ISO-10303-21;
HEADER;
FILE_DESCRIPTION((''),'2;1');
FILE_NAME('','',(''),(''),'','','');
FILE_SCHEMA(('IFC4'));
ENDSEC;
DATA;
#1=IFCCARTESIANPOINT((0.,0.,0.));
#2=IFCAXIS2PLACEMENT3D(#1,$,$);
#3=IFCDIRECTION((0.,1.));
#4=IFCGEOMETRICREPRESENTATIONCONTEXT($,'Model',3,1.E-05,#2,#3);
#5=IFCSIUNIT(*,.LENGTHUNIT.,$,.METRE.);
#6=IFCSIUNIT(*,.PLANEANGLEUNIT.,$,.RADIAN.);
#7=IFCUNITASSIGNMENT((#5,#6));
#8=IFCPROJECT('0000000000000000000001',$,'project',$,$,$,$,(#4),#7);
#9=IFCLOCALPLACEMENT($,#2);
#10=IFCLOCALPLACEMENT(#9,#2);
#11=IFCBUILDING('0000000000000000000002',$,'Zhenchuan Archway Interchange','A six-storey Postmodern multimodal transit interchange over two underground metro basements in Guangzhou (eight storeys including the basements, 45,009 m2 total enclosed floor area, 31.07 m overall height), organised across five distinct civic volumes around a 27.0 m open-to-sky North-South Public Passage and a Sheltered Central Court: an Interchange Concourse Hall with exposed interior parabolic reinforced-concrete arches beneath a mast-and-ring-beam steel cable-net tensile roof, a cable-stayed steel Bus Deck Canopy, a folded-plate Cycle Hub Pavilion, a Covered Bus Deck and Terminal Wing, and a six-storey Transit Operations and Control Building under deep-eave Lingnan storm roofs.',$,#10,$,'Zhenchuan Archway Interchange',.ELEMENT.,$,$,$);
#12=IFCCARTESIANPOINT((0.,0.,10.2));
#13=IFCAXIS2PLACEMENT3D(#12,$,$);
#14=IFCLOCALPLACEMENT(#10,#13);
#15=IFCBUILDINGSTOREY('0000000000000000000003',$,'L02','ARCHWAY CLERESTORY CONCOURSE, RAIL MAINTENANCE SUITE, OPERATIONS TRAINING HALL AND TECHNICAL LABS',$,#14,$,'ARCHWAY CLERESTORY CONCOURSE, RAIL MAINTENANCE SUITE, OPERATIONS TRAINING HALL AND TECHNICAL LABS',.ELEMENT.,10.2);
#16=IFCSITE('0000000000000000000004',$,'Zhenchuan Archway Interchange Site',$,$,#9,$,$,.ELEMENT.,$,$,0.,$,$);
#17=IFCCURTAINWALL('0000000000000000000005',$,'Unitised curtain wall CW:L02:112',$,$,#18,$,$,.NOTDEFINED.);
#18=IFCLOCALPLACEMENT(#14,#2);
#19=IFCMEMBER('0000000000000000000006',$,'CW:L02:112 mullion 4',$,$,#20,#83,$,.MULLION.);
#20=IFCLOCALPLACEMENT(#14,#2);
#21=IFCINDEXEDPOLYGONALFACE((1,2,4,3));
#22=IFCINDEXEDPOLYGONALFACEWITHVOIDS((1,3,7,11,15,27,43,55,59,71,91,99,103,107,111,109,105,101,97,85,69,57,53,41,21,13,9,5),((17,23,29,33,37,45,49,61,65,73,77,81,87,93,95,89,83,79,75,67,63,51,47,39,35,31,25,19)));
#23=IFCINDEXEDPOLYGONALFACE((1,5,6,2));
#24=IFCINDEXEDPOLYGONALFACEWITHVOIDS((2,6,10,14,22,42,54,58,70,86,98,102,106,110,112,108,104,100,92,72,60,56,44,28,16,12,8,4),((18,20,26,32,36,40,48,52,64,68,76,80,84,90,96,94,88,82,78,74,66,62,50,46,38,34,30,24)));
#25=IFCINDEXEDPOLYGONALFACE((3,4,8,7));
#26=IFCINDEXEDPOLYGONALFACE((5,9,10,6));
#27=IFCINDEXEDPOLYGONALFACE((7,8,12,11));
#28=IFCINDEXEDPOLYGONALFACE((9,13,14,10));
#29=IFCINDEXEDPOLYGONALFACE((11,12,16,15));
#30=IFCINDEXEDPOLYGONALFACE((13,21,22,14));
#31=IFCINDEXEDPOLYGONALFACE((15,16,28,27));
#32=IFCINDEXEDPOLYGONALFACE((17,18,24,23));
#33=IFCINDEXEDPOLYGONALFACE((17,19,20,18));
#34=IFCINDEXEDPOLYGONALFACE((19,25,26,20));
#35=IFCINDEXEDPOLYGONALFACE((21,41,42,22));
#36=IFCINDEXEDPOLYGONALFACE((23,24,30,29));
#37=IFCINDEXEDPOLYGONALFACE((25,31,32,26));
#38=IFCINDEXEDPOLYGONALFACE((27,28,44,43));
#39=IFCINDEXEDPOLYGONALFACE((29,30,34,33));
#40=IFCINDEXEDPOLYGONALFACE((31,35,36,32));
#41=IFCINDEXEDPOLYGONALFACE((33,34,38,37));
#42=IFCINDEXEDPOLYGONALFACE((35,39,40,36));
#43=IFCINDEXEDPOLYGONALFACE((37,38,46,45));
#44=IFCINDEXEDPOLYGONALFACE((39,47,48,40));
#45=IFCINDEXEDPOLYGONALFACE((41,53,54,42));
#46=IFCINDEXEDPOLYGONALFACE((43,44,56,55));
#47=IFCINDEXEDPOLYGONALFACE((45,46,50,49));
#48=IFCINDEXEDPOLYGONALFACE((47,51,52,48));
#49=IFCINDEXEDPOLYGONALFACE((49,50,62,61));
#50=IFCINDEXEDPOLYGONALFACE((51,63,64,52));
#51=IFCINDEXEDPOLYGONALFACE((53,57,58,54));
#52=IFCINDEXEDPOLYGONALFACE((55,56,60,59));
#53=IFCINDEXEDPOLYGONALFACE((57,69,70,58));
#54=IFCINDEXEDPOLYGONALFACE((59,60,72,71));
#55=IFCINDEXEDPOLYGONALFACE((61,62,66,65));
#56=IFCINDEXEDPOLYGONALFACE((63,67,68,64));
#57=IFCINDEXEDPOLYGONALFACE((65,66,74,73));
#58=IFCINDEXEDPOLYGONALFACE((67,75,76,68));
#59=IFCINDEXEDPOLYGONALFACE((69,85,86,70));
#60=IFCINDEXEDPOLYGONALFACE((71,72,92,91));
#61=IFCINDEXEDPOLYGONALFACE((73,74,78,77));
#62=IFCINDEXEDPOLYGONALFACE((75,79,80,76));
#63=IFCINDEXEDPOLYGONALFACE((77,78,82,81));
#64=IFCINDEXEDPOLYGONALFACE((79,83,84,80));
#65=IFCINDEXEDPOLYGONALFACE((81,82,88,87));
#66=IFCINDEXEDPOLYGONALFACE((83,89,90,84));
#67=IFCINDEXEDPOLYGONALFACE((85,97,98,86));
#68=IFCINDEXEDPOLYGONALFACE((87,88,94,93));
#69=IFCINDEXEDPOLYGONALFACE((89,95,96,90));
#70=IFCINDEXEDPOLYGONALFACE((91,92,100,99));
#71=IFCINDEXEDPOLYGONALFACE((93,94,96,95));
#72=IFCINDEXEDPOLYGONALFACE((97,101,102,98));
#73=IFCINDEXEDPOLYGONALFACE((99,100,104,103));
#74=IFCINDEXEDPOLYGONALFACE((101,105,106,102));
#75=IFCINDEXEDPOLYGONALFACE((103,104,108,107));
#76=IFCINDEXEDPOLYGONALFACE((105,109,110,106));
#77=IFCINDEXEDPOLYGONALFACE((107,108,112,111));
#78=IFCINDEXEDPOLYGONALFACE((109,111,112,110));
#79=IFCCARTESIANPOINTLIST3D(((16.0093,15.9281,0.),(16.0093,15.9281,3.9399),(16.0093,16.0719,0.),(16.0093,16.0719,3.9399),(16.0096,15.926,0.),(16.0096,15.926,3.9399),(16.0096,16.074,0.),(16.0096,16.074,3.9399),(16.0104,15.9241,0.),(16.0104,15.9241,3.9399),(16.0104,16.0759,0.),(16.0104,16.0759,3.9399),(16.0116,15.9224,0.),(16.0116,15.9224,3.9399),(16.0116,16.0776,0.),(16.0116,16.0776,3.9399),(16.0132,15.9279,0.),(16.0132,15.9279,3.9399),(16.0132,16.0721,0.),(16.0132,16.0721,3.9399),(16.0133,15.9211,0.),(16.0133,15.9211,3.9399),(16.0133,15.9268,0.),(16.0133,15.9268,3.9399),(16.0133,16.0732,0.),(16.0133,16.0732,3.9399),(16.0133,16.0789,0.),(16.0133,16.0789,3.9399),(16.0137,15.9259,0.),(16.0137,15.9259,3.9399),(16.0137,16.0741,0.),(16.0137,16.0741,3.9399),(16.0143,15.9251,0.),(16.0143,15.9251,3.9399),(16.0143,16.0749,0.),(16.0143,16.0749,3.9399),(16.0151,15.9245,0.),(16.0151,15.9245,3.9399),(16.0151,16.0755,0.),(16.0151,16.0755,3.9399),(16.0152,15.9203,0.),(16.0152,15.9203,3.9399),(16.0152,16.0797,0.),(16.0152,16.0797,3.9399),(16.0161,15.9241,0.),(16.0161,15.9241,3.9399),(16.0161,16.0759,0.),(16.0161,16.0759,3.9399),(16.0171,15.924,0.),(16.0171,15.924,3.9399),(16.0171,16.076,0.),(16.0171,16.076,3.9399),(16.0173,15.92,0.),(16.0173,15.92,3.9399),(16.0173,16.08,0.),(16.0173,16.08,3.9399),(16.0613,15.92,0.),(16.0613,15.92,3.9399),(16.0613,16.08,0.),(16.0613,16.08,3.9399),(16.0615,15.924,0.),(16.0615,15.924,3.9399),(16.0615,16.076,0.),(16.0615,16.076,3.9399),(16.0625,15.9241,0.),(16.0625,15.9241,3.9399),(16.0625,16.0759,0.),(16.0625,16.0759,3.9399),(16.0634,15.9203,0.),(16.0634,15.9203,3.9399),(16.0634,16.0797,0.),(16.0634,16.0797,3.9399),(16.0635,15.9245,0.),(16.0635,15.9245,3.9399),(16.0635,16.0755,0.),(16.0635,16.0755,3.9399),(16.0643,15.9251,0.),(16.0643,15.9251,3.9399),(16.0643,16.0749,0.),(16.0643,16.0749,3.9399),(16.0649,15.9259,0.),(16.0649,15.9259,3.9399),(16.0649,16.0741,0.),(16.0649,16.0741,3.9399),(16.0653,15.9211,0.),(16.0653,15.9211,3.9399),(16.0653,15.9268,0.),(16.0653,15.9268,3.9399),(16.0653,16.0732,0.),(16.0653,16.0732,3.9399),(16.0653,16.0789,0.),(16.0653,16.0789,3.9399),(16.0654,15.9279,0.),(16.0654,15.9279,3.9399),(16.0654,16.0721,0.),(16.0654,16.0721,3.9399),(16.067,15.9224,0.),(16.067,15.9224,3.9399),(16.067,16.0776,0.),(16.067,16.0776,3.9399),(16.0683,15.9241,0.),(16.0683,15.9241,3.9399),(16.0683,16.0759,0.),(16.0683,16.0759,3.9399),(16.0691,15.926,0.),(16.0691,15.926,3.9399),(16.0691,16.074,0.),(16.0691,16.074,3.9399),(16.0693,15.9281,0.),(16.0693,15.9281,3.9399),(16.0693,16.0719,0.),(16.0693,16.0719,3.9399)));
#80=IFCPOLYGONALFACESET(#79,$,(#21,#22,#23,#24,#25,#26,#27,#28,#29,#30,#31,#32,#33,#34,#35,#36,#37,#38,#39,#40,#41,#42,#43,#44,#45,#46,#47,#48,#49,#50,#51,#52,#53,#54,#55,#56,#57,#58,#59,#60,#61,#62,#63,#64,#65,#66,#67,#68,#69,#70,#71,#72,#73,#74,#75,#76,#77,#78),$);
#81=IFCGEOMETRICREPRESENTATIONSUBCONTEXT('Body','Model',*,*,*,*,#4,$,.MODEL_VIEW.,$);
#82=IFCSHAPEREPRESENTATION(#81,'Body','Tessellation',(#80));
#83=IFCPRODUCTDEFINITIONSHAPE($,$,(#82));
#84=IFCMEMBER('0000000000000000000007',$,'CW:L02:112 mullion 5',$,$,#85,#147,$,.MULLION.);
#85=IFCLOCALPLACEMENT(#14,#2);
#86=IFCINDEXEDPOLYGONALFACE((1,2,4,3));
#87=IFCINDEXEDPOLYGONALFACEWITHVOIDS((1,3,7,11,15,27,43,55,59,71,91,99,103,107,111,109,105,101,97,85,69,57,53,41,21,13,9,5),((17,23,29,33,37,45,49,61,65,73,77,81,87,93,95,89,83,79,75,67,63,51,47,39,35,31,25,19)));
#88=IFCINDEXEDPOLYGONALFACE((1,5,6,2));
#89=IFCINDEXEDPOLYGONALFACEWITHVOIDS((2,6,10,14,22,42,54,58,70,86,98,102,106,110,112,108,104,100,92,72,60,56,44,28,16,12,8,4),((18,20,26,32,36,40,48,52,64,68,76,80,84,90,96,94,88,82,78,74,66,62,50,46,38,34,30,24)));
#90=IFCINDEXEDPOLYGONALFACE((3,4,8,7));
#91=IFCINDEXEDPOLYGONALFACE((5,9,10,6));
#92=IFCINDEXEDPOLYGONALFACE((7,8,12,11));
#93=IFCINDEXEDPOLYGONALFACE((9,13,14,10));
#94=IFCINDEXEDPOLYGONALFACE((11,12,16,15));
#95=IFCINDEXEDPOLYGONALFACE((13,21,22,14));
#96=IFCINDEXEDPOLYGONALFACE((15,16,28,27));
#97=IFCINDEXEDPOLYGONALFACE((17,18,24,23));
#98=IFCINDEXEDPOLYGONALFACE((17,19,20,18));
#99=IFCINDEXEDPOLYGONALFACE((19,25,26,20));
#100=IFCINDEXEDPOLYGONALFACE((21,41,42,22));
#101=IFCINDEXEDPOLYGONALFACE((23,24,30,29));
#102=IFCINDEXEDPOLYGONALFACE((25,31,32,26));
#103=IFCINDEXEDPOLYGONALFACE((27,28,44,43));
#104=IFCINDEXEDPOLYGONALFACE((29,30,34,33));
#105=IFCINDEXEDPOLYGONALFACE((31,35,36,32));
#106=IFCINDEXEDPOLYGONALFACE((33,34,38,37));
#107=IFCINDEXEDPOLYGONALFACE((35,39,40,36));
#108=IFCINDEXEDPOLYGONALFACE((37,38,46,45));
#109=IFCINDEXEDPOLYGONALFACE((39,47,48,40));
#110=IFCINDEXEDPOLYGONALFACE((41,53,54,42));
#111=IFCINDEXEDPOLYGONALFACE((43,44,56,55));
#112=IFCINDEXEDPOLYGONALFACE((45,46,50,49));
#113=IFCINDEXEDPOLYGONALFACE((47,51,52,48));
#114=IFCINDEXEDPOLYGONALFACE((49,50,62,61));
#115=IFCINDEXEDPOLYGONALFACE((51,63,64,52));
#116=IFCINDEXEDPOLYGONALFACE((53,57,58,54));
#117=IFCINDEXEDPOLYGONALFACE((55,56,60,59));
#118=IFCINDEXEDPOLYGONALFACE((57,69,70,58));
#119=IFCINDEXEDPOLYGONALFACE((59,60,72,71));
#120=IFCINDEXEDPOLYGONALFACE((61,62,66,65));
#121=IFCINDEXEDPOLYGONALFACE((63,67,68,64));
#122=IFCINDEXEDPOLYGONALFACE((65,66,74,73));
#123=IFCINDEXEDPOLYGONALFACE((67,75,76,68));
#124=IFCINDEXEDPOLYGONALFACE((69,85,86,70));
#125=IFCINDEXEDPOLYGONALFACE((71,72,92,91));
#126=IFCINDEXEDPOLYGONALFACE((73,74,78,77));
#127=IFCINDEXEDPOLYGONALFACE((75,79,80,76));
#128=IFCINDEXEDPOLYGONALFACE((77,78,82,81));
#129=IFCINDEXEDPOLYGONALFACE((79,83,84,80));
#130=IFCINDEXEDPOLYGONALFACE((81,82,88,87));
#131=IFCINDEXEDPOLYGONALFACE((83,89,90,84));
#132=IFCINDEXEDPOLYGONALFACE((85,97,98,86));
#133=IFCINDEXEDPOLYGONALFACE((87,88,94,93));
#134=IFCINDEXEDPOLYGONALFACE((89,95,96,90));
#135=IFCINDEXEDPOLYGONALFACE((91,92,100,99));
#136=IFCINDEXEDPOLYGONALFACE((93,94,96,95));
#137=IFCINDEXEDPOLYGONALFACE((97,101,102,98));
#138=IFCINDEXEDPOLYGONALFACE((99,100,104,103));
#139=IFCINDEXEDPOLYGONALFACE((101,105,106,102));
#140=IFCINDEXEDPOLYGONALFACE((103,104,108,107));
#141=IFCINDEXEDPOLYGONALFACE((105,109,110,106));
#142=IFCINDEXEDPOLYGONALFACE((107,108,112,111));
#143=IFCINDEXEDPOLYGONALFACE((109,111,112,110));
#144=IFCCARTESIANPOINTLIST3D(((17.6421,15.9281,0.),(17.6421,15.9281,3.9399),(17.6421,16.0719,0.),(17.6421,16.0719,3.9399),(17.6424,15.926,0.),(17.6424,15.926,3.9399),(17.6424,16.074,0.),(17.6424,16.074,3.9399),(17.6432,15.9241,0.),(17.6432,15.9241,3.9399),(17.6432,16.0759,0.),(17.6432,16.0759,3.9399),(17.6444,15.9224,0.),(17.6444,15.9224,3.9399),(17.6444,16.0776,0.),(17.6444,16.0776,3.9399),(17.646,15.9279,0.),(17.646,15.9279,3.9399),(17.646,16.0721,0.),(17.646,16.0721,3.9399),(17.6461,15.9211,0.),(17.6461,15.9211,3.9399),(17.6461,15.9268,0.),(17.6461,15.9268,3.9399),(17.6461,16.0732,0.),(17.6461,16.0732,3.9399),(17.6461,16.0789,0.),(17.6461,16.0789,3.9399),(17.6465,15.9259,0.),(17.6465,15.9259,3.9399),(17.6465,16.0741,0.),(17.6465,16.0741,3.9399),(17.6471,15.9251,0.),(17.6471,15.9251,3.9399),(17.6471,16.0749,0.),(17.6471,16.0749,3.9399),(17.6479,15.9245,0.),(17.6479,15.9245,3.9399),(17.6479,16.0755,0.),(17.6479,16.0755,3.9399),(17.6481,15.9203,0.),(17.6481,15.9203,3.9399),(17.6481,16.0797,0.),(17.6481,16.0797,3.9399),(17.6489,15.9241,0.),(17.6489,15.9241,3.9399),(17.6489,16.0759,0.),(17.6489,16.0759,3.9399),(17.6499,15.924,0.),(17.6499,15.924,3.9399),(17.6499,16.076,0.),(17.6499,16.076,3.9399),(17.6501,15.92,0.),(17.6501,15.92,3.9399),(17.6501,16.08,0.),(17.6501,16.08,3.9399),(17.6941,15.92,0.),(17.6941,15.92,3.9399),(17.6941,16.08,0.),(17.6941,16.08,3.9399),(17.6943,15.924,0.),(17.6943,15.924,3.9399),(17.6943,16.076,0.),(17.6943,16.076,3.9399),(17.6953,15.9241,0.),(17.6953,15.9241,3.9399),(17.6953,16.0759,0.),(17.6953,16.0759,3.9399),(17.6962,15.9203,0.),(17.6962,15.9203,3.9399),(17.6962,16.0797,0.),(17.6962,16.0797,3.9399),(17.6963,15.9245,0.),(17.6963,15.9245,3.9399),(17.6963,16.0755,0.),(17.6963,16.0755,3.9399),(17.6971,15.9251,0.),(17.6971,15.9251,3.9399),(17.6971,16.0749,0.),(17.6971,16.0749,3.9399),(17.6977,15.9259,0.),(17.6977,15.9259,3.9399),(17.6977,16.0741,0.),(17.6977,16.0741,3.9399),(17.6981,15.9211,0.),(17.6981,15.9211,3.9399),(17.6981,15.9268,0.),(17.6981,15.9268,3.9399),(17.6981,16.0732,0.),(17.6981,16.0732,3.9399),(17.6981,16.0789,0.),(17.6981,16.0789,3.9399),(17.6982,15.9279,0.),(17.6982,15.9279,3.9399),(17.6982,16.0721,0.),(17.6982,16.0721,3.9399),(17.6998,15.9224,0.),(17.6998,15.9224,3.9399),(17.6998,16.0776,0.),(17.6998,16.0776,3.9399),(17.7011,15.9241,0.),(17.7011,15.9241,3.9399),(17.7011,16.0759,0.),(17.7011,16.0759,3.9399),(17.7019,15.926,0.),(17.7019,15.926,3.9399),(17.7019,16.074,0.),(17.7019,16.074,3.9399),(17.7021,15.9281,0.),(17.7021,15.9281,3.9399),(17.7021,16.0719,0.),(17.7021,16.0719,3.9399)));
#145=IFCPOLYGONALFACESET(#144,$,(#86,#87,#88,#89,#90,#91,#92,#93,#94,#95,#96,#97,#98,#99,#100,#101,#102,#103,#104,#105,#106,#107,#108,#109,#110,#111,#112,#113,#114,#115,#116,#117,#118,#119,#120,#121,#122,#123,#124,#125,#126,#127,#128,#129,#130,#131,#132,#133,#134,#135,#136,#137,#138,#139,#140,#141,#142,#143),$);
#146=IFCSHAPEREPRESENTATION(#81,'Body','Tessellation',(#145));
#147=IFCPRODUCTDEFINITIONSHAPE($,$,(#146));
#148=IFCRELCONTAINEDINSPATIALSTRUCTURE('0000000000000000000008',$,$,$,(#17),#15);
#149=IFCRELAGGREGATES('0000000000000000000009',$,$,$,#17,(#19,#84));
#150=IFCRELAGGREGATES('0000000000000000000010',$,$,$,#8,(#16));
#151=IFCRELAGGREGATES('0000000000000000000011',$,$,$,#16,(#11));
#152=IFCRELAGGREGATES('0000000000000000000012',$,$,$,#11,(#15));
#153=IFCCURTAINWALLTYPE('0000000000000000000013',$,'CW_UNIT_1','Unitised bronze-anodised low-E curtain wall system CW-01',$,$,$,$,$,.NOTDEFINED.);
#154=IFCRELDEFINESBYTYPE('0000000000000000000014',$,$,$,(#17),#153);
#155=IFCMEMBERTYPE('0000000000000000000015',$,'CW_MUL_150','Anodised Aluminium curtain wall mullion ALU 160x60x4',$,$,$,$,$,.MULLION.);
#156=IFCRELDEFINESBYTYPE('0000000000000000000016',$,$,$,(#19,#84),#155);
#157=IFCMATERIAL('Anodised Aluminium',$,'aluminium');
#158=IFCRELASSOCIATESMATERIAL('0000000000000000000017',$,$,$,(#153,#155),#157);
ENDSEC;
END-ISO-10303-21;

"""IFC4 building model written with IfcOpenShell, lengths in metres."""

from ifc_helpers import new_model, si_unit, direction, frame, origin, origin_2d, place, context, subcontext, project, spatial, hollow_rectangle, extrude, material, material_profile, profile_set, type_object, element, aggregate, save


model = new_model("IFC4")

# Units and contexts
model_context = context("Model", 3, precision=1e-05, world=origin(), true_north=direction((0.0, 1.0)))
body_context = subcontext(model_context, "Body", "Model", "MODEL_VIEW")
ifc_project = project(units=[si_unit("LENGTHUNIT", "METRE"), si_unit("PLANEANGLEUNIT", "RADIAN")], contexts=[model_context])

# Site, building, storey
site_placement = place(None, origin())
site = spatial("IfcSite", under=ifc_project, at=site_placement, Name="Zhenchuan Archway Interchange Site", CompositionType="ELEMENT", RefElevation=0.0)
building_placement = place(site_placement, origin())
building = spatial("IfcBuilding", under=site, at=building_placement, Name="Zhenchuan Archway Interchange", Description="A six-storey Postmodern multimodal transit interchange over two underground metro basements in Guangzhou (eight storeys including the basements, 45,009 m2 total enclosed floor area, 31.07 m overall height), organised across five distinct civic volumes around a 27.0 m open-to-sky North-South Public Passage and a Sheltered Central Court: an Interchange Concourse Hall with exposed interior parabolic reinforced-concrete arches beneath a mast-and-ring-beam steel cable-net tensile roof, a cable-stayed steel Bus Deck Canopy, a folded-plate Cycle Hub Pavilion, a Covered Bus Deck and Terminal Wing, and a six-storey Transit Operations and Control Building under deep-eave Lingnan storm roofs.", LongName="Zhenchuan Archway Interchange", CompositionType="ELEMENT")
storey_placement = place(building_placement, frame((0.0, 0.0, 10.2)))
storey = spatial("IfcBuildingStorey", under=building, at=storey_placement, Name="L02", Description="ARCHWAY CLERESTORY CONCOURSE, RAIL MAINTENANCE SUITE, OPERATIONS TRAINING HALL AND TECHNICAL LABS", LongName="ARCHWAY CLERESTORY CONCOURSE, RAIL MAINTENANCE SUITE, OPERATIONS TRAINING HALL AND TECHNICAL LABS", CompositionType="ELEMENT", Elevation=10.2)

# Curtain wall, members
ifc_material_1 = material(Name="Anodised Aluminium", Category="aluminium")
curtain_wall_type = type_object("IfcCurtainWallType", Name="CW_UNIT_1", Description="Unitised bronze-anodised low-E curtain wall system CW-01", PredefinedType="NOTDEFINED", material=ifc_material_1)
curtain_wall_placement = place(storey_placement, origin())
curtain_wall = element("IfcCurtainWall", 1, at=curtain_wall_placement, inside=storey, type_object=curtain_wall_type, Name="Unitised curtain wall CW:L02:112", PredefinedType="NOTDEFINED")
ifc_material_profile_1 = material_profile(ifc_material_1, hollow_rectangle(XDim=0.0601, YDim=0.1599, WallThickness=0.0039, InnerFilletRadius=0.0039, OuterFilletRadius=0.0081, at=origin_2d()), Name="ALU 160x60x4")
ifc_profile_set_1 = profile_set([ifc_material_profile_1], Name="Anodised Aluminium")
member_type_1 = type_object("IfcMemberType", Name="CW_MUL_150", Description="Anodised Aluminium curtain wall mullion ALU 160x60x4", PredefinedType="MULLION", material=ifc_profile_set_1)
member_1_placement = place(storey_placement, frame((16.0393, 16.0, 0.0), z_axis=(0.0, 0.0, 1.0), x_axis=(1.0, 0.0, 0.0)))
member_1 = element("IfcMember", 2, at=member_1_placement, type_object=member_type_1, Name="CW:L02:112 mullion 4", PredefinedType="MULLION", context=body_context, shape_type="SweptSolid", body=[
    extrude(hollow_rectangle(XDim=0.0601, YDim=0.1599, WallThickness=0.0039, InnerFilletRadius=0.0039, OuterFilletRadius=0.0081, at=origin_2d()), origin(), (0.0, 0.0, 1.0), 3.9399),
])
member_2_placement = place(storey_placement, frame((17.6721, 16.0, 0.0), z_axis=(0.0, 0.0, 1.0), x_axis=(1.0, 0.0, 0.0)))
member_2 = element("IfcMember", 3, at=member_2_placement, type_object=member_type_1, Name="CW:L02:112 mullion 5", PredefinedType="MULLION", context=body_context, shape_type="SweptSolid", body=[
    extrude(hollow_rectangle(XDim=0.0601, YDim=0.1599, WallThickness=0.0039, InnerFilletRadius=0.0039, OuterFilletRadius=0.0081, at=origin_2d()), origin(), (0.0, 0.0, 1.0), 3.9399),
])
aggregate(curtain_wall, [member_1, member_2])

save(model, "model.ifc")
